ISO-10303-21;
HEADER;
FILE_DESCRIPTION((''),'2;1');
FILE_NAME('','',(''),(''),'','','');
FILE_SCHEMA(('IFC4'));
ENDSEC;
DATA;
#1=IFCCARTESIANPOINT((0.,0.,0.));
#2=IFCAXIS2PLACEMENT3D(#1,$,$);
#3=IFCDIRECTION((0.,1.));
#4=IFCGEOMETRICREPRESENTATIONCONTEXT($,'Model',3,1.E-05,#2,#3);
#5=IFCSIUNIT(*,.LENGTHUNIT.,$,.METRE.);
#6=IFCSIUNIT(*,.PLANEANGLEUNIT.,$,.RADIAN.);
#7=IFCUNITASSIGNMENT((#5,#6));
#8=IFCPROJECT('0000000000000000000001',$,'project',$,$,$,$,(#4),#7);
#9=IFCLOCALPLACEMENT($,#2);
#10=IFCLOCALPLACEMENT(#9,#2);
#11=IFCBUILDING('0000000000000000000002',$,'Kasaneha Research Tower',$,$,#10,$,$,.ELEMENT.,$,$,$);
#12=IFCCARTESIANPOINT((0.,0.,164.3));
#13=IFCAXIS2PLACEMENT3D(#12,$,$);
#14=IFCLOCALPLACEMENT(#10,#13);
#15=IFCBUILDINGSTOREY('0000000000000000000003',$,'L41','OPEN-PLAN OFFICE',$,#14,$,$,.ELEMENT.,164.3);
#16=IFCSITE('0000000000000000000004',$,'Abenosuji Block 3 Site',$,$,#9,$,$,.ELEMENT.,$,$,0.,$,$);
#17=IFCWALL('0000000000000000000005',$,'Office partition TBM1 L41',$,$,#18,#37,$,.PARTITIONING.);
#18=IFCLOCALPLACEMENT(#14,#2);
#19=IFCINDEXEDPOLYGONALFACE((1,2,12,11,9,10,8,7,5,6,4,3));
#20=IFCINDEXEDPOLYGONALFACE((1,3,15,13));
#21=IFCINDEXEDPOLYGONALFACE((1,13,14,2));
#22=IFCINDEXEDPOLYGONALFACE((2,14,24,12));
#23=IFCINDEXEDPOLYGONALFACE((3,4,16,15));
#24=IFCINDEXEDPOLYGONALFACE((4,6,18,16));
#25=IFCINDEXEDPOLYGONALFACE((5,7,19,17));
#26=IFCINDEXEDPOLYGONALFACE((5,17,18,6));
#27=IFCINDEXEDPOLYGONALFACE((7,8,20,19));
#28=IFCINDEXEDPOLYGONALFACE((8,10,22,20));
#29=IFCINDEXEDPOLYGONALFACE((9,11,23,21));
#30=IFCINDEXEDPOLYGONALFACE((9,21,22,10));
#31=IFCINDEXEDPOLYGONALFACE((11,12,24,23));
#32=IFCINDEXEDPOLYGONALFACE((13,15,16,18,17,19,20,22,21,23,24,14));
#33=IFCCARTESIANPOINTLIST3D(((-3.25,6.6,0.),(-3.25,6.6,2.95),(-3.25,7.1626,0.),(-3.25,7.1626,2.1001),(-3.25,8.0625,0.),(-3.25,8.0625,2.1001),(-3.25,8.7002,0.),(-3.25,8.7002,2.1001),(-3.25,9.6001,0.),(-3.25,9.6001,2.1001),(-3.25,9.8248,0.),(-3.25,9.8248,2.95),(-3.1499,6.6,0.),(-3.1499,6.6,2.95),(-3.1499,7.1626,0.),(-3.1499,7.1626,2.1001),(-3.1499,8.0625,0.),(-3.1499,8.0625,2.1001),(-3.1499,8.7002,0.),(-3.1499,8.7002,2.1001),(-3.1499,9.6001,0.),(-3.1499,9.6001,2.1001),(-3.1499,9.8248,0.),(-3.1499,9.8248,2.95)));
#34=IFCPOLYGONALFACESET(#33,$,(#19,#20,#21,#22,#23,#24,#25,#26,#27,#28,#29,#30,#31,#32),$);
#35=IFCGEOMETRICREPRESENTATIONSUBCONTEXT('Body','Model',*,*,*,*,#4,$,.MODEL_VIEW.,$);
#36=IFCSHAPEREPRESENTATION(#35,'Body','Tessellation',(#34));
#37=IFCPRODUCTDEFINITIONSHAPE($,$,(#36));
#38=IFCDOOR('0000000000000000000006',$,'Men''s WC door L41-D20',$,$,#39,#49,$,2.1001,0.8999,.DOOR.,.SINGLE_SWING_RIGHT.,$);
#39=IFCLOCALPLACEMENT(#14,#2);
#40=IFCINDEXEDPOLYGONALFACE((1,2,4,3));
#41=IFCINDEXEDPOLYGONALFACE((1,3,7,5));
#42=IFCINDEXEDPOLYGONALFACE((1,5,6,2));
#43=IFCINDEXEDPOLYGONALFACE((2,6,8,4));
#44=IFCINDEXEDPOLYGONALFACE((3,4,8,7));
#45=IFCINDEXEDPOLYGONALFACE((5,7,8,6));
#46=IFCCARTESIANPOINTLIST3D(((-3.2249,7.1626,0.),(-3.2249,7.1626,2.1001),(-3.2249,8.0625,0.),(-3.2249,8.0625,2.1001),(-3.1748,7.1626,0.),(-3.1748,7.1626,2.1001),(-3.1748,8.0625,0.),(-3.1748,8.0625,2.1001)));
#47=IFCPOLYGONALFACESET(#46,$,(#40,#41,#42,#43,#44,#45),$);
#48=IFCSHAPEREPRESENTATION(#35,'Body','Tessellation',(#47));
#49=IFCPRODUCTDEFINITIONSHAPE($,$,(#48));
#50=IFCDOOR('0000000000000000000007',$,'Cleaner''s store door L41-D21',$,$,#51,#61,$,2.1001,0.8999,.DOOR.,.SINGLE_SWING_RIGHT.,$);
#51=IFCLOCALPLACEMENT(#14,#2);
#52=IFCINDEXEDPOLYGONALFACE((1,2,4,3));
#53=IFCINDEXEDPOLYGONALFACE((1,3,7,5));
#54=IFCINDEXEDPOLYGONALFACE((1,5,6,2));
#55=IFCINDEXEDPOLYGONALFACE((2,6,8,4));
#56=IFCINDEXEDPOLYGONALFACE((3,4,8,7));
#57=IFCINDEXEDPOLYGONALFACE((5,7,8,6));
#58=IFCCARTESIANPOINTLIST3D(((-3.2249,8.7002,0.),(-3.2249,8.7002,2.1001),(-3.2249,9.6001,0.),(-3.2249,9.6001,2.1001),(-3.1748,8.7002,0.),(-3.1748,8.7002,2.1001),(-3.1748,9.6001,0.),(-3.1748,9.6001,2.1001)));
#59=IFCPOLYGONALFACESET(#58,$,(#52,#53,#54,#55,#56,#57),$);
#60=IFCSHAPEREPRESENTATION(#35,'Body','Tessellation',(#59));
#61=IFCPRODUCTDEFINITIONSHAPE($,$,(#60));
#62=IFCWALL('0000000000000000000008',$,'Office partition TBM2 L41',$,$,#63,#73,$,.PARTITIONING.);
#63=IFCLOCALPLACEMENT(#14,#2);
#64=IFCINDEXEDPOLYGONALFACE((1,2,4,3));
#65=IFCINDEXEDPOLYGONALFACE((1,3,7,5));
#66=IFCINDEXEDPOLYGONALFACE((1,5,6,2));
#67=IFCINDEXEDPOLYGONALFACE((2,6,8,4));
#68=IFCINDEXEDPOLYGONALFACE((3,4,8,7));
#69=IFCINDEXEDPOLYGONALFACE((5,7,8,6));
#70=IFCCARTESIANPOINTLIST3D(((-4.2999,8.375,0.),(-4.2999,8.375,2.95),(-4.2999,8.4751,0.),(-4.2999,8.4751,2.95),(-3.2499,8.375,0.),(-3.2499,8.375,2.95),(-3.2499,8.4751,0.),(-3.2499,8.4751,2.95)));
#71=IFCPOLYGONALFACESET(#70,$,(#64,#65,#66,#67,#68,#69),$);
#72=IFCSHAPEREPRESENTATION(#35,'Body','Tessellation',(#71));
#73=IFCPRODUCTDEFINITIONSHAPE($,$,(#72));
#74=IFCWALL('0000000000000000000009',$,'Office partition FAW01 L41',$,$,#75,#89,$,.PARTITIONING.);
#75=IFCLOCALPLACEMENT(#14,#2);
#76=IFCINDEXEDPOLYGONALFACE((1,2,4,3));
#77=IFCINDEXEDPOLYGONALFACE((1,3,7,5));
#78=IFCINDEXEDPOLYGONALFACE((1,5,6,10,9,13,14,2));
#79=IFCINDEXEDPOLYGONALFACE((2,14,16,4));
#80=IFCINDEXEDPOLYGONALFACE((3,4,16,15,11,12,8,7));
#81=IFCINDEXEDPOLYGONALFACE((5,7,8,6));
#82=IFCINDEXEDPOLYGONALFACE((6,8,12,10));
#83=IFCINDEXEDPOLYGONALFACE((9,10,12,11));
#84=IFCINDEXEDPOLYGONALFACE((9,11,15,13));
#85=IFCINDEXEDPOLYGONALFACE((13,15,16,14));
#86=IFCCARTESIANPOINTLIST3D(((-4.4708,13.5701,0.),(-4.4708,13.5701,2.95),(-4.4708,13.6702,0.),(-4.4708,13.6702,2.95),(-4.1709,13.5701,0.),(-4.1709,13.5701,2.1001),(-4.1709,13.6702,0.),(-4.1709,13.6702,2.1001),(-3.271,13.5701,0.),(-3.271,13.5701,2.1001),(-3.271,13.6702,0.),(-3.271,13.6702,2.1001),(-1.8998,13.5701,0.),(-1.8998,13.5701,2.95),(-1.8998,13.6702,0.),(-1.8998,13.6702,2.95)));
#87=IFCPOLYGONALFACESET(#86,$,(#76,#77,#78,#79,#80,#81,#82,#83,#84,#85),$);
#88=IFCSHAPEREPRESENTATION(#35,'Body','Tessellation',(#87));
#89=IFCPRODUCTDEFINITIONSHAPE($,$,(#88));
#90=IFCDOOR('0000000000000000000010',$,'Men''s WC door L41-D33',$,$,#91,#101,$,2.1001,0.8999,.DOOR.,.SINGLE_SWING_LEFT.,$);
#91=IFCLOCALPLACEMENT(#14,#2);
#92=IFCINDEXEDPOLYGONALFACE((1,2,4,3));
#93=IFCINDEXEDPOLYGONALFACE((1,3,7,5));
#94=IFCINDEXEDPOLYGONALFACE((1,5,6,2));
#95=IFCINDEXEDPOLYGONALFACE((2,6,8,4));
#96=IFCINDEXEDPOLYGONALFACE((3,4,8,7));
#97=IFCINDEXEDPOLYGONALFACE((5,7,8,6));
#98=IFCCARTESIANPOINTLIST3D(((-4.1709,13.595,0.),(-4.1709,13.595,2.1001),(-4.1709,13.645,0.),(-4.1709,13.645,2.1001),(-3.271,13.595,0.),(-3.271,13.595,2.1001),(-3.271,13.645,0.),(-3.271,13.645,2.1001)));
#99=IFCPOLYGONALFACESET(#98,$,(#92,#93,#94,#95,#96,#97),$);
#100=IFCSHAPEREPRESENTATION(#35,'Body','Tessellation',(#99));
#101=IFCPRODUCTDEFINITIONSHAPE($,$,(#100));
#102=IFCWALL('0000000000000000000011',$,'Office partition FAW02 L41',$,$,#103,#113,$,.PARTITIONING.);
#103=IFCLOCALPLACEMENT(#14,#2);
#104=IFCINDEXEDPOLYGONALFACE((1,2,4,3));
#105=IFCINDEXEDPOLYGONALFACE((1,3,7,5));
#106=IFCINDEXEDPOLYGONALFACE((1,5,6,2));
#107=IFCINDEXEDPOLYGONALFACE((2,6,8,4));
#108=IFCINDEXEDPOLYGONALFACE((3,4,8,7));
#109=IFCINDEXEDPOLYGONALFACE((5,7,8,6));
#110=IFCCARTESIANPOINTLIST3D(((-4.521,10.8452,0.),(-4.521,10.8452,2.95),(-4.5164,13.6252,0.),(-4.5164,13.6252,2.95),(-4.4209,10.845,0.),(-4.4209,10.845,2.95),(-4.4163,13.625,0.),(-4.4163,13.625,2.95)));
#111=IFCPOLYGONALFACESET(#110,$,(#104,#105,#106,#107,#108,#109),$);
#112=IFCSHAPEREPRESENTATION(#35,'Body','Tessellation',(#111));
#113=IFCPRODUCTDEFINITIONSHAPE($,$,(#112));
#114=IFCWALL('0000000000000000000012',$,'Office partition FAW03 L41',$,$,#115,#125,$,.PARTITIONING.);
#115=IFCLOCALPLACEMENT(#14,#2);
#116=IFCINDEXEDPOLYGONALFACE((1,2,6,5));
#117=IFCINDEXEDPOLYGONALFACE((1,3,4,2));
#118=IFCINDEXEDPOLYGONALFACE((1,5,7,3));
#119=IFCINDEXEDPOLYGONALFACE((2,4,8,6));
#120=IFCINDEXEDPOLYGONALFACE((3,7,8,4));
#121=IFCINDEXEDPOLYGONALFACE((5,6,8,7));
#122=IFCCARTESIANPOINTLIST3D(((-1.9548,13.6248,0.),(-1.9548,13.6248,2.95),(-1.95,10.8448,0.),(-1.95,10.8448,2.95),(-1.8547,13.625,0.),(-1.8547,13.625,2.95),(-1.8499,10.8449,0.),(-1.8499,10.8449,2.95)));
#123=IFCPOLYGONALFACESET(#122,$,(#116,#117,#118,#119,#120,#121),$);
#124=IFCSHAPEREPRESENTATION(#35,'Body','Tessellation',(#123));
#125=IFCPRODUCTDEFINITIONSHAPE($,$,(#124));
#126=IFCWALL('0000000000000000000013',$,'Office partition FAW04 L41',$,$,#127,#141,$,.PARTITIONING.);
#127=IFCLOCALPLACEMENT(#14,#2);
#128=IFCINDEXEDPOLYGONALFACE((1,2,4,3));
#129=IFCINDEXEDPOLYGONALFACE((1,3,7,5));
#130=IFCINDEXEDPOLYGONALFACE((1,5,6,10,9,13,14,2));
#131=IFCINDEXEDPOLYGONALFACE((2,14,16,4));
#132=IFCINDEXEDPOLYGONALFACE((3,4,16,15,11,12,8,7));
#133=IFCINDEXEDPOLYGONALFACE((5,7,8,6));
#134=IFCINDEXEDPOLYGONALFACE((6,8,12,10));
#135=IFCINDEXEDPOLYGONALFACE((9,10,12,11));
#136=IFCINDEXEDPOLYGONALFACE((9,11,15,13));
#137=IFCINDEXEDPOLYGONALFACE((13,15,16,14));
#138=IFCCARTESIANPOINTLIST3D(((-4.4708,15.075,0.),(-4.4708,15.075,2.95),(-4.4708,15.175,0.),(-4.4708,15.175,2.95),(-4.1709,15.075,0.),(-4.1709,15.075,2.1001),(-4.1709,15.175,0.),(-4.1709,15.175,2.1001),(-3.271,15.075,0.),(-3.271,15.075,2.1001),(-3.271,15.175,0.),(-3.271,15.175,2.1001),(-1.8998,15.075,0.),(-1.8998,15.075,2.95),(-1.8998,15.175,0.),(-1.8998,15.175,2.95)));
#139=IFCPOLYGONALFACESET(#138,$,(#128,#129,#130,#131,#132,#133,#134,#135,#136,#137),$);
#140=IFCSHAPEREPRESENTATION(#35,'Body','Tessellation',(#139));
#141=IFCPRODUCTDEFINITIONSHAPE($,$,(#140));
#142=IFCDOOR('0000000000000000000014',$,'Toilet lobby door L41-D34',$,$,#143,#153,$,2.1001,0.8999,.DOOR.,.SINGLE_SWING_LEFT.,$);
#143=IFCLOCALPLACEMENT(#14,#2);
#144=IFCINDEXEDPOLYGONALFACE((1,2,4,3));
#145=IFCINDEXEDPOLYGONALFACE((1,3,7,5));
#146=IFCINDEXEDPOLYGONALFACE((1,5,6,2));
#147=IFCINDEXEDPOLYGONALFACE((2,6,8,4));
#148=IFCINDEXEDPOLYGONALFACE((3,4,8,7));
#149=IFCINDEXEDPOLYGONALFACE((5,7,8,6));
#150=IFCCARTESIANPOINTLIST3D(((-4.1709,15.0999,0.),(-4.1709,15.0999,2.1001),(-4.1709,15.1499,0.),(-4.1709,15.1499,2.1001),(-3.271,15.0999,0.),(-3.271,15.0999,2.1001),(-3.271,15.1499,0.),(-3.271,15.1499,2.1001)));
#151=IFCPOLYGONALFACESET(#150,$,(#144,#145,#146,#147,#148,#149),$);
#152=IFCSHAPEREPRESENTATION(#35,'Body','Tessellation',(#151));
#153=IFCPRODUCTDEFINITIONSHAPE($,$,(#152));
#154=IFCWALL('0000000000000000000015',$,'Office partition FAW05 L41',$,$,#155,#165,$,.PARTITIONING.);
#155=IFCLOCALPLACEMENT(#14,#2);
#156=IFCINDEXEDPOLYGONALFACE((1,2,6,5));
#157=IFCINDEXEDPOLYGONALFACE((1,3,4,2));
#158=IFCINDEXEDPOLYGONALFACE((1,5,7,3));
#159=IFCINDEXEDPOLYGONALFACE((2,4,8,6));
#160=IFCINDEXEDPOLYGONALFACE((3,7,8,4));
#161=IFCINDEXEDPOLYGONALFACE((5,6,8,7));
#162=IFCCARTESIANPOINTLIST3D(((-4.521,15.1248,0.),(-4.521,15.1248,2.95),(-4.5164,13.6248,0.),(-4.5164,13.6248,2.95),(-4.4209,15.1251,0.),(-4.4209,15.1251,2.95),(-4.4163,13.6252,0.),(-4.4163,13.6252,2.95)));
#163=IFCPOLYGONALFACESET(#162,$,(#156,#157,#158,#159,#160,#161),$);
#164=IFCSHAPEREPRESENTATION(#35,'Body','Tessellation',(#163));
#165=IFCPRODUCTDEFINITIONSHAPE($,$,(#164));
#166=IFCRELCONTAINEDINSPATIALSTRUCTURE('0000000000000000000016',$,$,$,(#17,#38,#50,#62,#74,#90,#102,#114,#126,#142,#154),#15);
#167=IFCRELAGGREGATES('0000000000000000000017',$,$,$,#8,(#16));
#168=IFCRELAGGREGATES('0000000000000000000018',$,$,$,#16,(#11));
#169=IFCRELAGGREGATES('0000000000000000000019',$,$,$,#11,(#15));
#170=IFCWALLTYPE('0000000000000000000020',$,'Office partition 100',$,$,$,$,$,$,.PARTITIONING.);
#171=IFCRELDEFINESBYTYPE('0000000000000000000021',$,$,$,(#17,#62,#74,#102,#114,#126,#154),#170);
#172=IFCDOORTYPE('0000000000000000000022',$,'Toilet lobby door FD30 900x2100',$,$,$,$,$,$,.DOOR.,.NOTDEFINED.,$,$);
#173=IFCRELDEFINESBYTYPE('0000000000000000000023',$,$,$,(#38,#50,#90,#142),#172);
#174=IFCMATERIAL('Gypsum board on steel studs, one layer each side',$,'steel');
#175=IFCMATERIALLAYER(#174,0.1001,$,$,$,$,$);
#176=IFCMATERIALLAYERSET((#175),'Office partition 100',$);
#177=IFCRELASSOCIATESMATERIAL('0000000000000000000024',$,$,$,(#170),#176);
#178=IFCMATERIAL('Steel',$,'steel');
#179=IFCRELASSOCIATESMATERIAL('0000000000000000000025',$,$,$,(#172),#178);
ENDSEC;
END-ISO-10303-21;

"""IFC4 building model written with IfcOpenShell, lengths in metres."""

from ifc_helpers import new_model, si_unit, direction, frame, frame_2d, origin, place, context, subcontext, project, spatial, rectangle, extrude, material, layer, layer_set, type_object, element, fill, save


model = new_model("IFC4")

# Units and contexts
model_context = context("Model", 3, precision=1e-05, world=origin(), true_north=direction((0.0, 1.0)))
body_context = subcontext(model_context, "Body", "Model", "MODEL_VIEW")
ifc_project = project(units=[si_unit("LENGTHUNIT", "METRE"), si_unit("PLANEANGLEUNIT", "RADIAN")], contexts=[model_context])

# Site, building, storey
site_placement = place(None, origin())
site = spatial("IfcSite", under=ifc_project, at=site_placement, Name="Abenosuji Block 3 Site", CompositionType="ELEMENT", RefElevation=0.0)
building_placement = place(site_placement, origin())
building = spatial("IfcBuilding", under=site, at=building_placement, Name="Kasaneha Research Tower", CompositionType="ELEMENT")
storey_placement = place(building_placement, frame((0.0, 0.0, 164.3)))
storey = spatial("IfcBuildingStorey", under=building, at=storey_placement, Name="L41", Description="OPEN-PLAN OFFICE", CompositionType="ELEMENT", Elevation=164.3)

# Wall, openings, doors
ifc_material_1 = material(Name="Gypsum board on steel studs, one layer each side", Category="steel")
ifc_layer_1 = layer(ifc_material_1, 0.1001)
ifc_layer_set_1 = layer_set([ifc_layer_1], Name="Office partition 100")
wall_type_1 = type_object("IfcWallType", Name="Office partition 100", PredefinedType="PARTITIONING", material=ifc_layer_set_1)
wall_1_placement = place(storey_placement, frame((-3.2, 6.6001, 0.0), z_axis=(0.0, 0.0, 1.0), x_axis=(0.0, 1.0, 0.0)))
wall_1 = element("IfcWall", 1, at=wall_1_placement, inside=storey, type_object=wall_type_1, Name="Office partition TBM1 L41", PredefinedType="PARTITIONING", context=body_context, shape_type="SweptSolid", body=[
    extrude(rectangle(XDim=3.2249, YDim=0.1001, at=frame_2d((1.6123, 0.0))), origin(), (0.0, 0.0, 1.0), 2.95),
])
opening_1_placement = place(wall_1_placement, frame((0.5625, 0.0, 0.0)))
opening_1 = element("IfcOpeningElement", 2, at=opening_1_placement, cuts=wall_1, PredefinedType="OPENING", context=body_context, shape_type="SweptSolid", body=[
    extrude(rectangle(XDim=0.8999, YDim=2.1001, at=frame_2d((0.45, 1.05))), frame((0.0, 0.0601, 0.0), z_axis=(0.0, -1.0, 0.0), x_axis=(1.0, 0.0, 0.0)), (0.0, 0.0, 1.0), 0.1201),
])
opening_2_placement = place(wall_1_placement, frame((2.1001, 0.0, 0.0)))
opening_2 = element("IfcOpeningElement", 3, at=opening_2_placement, cuts=wall_1, PredefinedType="OPENING", context=body_context, shape_type="SweptSolid", body=[
    extrude(rectangle(XDim=0.8999, YDim=2.1001, at=frame_2d((0.45, 1.05))), frame((0.0, 0.0601, 0.0), z_axis=(0.0, -1.0, 0.0), x_axis=(1.0, 0.0, 0.0)), (0.0, 0.0, 1.0), 0.1201),
])
ifc_material_2 = material(Name="Steel", Category="steel")
door_type_1 = type_object("IfcDoorType", Name="Toilet lobby door FD30 900x2100", OperationType="NOTDEFINED", PredefinedType="DOOR", material=ifc_material_2)
door_1_placement = place(opening_1_placement, origin())
door_1 = element("IfcDoor", 4, at=door_1_placement, inside=storey, type_object=door_type_1, Name="Men's WC door L41-D20", OperationType="SINGLE_SWING_RIGHT", OverallHeight=2.1001, OverallWidth=0.8999, PredefinedType="DOOR", context=body_context, shape_type="SweptSolid", body=[
    extrude(rectangle(XDim=0.8999, YDim=2.1001, at=frame_2d((0.45, 1.05))), frame((0.0, 0.0249, 0.0), z_axis=(0.0, -1.0, 0.0), x_axis=(1.0, 0.0, 0.0)), (0.0, 0.0, 1.0), 0.05),
])
fill(opening_1, door_1)
door_2_placement = place(opening_2_placement, origin())
door_2 = element("IfcDoor", 5, at=door_2_placement, inside=storey, type_object=door_type_1, Name="Cleaner's store door L41-D21", OperationType="SINGLE_SWING_RIGHT", OverallHeight=2.1001, OverallWidth=0.8999, PredefinedType="DOOR", context=body_context, shape_type="SweptSolid", body=[
    extrude(rectangle(XDim=0.8999, YDim=2.1001, at=frame_2d((0.45, 1.05))), frame((0.0, 0.0249, 0.0), z_axis=(0.0, -1.0, 0.0), x_axis=(1.0, 0.0, 0.0)), (0.0, 0.0, 1.0), 0.05),
])
fill(opening_2, door_2)

# Wall
wall_2_placement = place(storey_placement, frame((-3.25, 8.425, 0.0), z_axis=(0.0, 0.0, 1.0), x_axis=(-1.0, 0.0, 0.0)))
element("IfcWall", 6, at=wall_2_placement, inside=storey, type_object=wall_type_1, Name="Office partition TBM2 L41", PredefinedType="PARTITIONING", context=body_context, shape_type="SweptSolid", body=[
    extrude(rectangle(XDim=1.05, YDim=0.1001, at=frame_2d((0.5249, 0.0))), origin(), (0.0, 0.0, 1.0), 2.95),
])

# Wall, opening, door
wall_3_placement = place(storey_placement, frame((-4.4709, 13.6201, 0.0), z_axis=(0.0, 0.0, 1.0), x_axis=(1.0, 0.0, 0.0)))
wall_3 = element("IfcWall", 7, at=wall_3_placement, inside=storey, type_object=wall_type_1, Name="Office partition FAW01 L41", PredefinedType="PARTITIONING", context=body_context, shape_type="SweptSolid", body=[
    extrude(rectangle(XDim=2.571, YDim=0.1001, at=frame_2d((1.2856, 0.0))), origin(), (0.0, 0.0, 1.0), 2.95),
])
opening_3_placement = place(wall_3_placement, frame((0.3, 0.0, 0.0)))
opening_3 = element("IfcOpeningElement", 8, at=opening_3_placement, cuts=wall_3, PredefinedType="OPENING", context=body_context, shape_type="SweptSolid", body=[
    extrude(rectangle(XDim=0.8999, YDim=2.1001, at=frame_2d((0.45, 1.05))), frame((0.0, 0.0601, 0.0), z_axis=(0.0, -1.0, 0.0), x_axis=(1.0, 0.0, 0.0)), (0.0, 0.0, 1.0), 0.1201),
])
door_3_placement = place(opening_3_placement, origin())
door_3 = element("IfcDoor", 9, at=door_3_placement, inside=storey, type_object=door_type_1, Name="Men's WC door L41-D33", OperationType="SINGLE_SWING_LEFT", OverallHeight=2.1001, OverallWidth=0.8999, PredefinedType="DOOR", context=body_context, shape_type="SweptSolid", body=[
    extrude(rectangle(XDim=0.8999, YDim=2.1001, at=frame_2d((0.45, 1.05))), frame((0.0, 0.0249, 0.0), z_axis=(0.0, -1.0, 0.0), x_axis=(1.0, 0.0, 0.0)), (0.0, 0.0, 1.0), 0.05),
])
fill(opening_3, door_3)

# Walls
for number, where, z_axis, x_axis, name in (
    (10, (-4.4709, 10.845, 0.0), (0.0, 0.0, 1.0), (0.001669, 0.999999, 0.0), "Office partition FAW02 L41"),
    (11, (-1.9048, 13.625, 0.0), (0.0, 0.0, 1.0), (0.001756, -0.999998, 0.0), "Office partition FAW03 L41"),
):
    element("IfcWall", number, at=place(storey_placement, frame(where, z_axis=z_axis, x_axis=x_axis)), inside=storey, type_object=wall_type_1, Name=name, PredefinedType="PARTITIONING", context=body_context, shape_type="SweptSolid", body=[
        extrude(rectangle(XDim=2.78, YDim=0.1001, at=frame_2d((1.3901, 0.0))), origin(), (0.0, 0.0, 1.0), 2.95),
    ])

# Wall, opening, door
wall_4_placement = place(storey_placement, frame((-4.4709, 15.125, 0.0), z_axis=(0.0, 0.0, 1.0), x_axis=(1.0, 0.0, 0.0)))
wall_4 = element("IfcWall", 12, at=wall_4_placement, inside=storey, type_object=wall_type_1, Name="Office partition FAW04 L41", PredefinedType="PARTITIONING", context=body_context, shape_type="SweptSolid", body=[
    extrude(rectangle(XDim=2.571, YDim=0.1001, at=frame_2d((1.2856, 0.0))), origin(), (0.0, 0.0, 1.0), 2.95),
])
opening_4_placement = place(wall_4_placement, frame((0.3, 0.0, 0.0)))
opening_4 = element("IfcOpeningElement", 13, at=opening_4_placement, cuts=wall_4, PredefinedType="OPENING", context=body_context, shape_type="SweptSolid", body=[
    extrude(rectangle(XDim=0.8999, YDim=2.1001, at=frame_2d((0.45, 1.05))), frame((0.0, 0.0601, 0.0), z_axis=(0.0, -1.0, 0.0), x_axis=(1.0, 0.0, 0.0)), (0.0, 0.0, 1.0), 0.1201),
])
door_4_placement = place(opening_4_placement, origin())
door_4 = element("IfcDoor", 14, at=door_4_placement, inside=storey, type_object=door_type_1, Name="Toilet lobby door L41-D34", OperationType="SINGLE_SWING_LEFT", OverallHeight=2.1001, OverallWidth=0.8999, PredefinedType="DOOR", context=body_context, shape_type="SweptSolid", body=[
    extrude(rectangle(XDim=0.8999, YDim=2.1001, at=frame_2d((0.45, 1.05))), frame((0.0, 0.0249, 0.0), z_axis=(0.0, -1.0, 0.0), x_axis=(1.0, 0.0, 0.0)), (0.0, 0.0, 1.0), 0.05),
])
fill(opening_4, door_4)

# Wall
wall_5_placement = place(storey_placement, frame((-4.4663, 13.625, 0.0), z_axis=(0.0, 0.0, 1.0), x_axis=(-0.003092, 0.999995, 0.0)))
element("IfcWall", 15, at=wall_5_placement, inside=storey, type_object=wall_type_1, Name="Office partition FAW05 L41", PredefinedType="PARTITIONING", context=body_context, shape_type="SweptSolid", body=[
    extrude(rectangle(XDim=1.5, YDim=0.1001, at=frame_2d((0.75, 0.0))), origin(), (0.0, 0.0, 1.0), 2.95),
])

save(model, "model.ifc")
